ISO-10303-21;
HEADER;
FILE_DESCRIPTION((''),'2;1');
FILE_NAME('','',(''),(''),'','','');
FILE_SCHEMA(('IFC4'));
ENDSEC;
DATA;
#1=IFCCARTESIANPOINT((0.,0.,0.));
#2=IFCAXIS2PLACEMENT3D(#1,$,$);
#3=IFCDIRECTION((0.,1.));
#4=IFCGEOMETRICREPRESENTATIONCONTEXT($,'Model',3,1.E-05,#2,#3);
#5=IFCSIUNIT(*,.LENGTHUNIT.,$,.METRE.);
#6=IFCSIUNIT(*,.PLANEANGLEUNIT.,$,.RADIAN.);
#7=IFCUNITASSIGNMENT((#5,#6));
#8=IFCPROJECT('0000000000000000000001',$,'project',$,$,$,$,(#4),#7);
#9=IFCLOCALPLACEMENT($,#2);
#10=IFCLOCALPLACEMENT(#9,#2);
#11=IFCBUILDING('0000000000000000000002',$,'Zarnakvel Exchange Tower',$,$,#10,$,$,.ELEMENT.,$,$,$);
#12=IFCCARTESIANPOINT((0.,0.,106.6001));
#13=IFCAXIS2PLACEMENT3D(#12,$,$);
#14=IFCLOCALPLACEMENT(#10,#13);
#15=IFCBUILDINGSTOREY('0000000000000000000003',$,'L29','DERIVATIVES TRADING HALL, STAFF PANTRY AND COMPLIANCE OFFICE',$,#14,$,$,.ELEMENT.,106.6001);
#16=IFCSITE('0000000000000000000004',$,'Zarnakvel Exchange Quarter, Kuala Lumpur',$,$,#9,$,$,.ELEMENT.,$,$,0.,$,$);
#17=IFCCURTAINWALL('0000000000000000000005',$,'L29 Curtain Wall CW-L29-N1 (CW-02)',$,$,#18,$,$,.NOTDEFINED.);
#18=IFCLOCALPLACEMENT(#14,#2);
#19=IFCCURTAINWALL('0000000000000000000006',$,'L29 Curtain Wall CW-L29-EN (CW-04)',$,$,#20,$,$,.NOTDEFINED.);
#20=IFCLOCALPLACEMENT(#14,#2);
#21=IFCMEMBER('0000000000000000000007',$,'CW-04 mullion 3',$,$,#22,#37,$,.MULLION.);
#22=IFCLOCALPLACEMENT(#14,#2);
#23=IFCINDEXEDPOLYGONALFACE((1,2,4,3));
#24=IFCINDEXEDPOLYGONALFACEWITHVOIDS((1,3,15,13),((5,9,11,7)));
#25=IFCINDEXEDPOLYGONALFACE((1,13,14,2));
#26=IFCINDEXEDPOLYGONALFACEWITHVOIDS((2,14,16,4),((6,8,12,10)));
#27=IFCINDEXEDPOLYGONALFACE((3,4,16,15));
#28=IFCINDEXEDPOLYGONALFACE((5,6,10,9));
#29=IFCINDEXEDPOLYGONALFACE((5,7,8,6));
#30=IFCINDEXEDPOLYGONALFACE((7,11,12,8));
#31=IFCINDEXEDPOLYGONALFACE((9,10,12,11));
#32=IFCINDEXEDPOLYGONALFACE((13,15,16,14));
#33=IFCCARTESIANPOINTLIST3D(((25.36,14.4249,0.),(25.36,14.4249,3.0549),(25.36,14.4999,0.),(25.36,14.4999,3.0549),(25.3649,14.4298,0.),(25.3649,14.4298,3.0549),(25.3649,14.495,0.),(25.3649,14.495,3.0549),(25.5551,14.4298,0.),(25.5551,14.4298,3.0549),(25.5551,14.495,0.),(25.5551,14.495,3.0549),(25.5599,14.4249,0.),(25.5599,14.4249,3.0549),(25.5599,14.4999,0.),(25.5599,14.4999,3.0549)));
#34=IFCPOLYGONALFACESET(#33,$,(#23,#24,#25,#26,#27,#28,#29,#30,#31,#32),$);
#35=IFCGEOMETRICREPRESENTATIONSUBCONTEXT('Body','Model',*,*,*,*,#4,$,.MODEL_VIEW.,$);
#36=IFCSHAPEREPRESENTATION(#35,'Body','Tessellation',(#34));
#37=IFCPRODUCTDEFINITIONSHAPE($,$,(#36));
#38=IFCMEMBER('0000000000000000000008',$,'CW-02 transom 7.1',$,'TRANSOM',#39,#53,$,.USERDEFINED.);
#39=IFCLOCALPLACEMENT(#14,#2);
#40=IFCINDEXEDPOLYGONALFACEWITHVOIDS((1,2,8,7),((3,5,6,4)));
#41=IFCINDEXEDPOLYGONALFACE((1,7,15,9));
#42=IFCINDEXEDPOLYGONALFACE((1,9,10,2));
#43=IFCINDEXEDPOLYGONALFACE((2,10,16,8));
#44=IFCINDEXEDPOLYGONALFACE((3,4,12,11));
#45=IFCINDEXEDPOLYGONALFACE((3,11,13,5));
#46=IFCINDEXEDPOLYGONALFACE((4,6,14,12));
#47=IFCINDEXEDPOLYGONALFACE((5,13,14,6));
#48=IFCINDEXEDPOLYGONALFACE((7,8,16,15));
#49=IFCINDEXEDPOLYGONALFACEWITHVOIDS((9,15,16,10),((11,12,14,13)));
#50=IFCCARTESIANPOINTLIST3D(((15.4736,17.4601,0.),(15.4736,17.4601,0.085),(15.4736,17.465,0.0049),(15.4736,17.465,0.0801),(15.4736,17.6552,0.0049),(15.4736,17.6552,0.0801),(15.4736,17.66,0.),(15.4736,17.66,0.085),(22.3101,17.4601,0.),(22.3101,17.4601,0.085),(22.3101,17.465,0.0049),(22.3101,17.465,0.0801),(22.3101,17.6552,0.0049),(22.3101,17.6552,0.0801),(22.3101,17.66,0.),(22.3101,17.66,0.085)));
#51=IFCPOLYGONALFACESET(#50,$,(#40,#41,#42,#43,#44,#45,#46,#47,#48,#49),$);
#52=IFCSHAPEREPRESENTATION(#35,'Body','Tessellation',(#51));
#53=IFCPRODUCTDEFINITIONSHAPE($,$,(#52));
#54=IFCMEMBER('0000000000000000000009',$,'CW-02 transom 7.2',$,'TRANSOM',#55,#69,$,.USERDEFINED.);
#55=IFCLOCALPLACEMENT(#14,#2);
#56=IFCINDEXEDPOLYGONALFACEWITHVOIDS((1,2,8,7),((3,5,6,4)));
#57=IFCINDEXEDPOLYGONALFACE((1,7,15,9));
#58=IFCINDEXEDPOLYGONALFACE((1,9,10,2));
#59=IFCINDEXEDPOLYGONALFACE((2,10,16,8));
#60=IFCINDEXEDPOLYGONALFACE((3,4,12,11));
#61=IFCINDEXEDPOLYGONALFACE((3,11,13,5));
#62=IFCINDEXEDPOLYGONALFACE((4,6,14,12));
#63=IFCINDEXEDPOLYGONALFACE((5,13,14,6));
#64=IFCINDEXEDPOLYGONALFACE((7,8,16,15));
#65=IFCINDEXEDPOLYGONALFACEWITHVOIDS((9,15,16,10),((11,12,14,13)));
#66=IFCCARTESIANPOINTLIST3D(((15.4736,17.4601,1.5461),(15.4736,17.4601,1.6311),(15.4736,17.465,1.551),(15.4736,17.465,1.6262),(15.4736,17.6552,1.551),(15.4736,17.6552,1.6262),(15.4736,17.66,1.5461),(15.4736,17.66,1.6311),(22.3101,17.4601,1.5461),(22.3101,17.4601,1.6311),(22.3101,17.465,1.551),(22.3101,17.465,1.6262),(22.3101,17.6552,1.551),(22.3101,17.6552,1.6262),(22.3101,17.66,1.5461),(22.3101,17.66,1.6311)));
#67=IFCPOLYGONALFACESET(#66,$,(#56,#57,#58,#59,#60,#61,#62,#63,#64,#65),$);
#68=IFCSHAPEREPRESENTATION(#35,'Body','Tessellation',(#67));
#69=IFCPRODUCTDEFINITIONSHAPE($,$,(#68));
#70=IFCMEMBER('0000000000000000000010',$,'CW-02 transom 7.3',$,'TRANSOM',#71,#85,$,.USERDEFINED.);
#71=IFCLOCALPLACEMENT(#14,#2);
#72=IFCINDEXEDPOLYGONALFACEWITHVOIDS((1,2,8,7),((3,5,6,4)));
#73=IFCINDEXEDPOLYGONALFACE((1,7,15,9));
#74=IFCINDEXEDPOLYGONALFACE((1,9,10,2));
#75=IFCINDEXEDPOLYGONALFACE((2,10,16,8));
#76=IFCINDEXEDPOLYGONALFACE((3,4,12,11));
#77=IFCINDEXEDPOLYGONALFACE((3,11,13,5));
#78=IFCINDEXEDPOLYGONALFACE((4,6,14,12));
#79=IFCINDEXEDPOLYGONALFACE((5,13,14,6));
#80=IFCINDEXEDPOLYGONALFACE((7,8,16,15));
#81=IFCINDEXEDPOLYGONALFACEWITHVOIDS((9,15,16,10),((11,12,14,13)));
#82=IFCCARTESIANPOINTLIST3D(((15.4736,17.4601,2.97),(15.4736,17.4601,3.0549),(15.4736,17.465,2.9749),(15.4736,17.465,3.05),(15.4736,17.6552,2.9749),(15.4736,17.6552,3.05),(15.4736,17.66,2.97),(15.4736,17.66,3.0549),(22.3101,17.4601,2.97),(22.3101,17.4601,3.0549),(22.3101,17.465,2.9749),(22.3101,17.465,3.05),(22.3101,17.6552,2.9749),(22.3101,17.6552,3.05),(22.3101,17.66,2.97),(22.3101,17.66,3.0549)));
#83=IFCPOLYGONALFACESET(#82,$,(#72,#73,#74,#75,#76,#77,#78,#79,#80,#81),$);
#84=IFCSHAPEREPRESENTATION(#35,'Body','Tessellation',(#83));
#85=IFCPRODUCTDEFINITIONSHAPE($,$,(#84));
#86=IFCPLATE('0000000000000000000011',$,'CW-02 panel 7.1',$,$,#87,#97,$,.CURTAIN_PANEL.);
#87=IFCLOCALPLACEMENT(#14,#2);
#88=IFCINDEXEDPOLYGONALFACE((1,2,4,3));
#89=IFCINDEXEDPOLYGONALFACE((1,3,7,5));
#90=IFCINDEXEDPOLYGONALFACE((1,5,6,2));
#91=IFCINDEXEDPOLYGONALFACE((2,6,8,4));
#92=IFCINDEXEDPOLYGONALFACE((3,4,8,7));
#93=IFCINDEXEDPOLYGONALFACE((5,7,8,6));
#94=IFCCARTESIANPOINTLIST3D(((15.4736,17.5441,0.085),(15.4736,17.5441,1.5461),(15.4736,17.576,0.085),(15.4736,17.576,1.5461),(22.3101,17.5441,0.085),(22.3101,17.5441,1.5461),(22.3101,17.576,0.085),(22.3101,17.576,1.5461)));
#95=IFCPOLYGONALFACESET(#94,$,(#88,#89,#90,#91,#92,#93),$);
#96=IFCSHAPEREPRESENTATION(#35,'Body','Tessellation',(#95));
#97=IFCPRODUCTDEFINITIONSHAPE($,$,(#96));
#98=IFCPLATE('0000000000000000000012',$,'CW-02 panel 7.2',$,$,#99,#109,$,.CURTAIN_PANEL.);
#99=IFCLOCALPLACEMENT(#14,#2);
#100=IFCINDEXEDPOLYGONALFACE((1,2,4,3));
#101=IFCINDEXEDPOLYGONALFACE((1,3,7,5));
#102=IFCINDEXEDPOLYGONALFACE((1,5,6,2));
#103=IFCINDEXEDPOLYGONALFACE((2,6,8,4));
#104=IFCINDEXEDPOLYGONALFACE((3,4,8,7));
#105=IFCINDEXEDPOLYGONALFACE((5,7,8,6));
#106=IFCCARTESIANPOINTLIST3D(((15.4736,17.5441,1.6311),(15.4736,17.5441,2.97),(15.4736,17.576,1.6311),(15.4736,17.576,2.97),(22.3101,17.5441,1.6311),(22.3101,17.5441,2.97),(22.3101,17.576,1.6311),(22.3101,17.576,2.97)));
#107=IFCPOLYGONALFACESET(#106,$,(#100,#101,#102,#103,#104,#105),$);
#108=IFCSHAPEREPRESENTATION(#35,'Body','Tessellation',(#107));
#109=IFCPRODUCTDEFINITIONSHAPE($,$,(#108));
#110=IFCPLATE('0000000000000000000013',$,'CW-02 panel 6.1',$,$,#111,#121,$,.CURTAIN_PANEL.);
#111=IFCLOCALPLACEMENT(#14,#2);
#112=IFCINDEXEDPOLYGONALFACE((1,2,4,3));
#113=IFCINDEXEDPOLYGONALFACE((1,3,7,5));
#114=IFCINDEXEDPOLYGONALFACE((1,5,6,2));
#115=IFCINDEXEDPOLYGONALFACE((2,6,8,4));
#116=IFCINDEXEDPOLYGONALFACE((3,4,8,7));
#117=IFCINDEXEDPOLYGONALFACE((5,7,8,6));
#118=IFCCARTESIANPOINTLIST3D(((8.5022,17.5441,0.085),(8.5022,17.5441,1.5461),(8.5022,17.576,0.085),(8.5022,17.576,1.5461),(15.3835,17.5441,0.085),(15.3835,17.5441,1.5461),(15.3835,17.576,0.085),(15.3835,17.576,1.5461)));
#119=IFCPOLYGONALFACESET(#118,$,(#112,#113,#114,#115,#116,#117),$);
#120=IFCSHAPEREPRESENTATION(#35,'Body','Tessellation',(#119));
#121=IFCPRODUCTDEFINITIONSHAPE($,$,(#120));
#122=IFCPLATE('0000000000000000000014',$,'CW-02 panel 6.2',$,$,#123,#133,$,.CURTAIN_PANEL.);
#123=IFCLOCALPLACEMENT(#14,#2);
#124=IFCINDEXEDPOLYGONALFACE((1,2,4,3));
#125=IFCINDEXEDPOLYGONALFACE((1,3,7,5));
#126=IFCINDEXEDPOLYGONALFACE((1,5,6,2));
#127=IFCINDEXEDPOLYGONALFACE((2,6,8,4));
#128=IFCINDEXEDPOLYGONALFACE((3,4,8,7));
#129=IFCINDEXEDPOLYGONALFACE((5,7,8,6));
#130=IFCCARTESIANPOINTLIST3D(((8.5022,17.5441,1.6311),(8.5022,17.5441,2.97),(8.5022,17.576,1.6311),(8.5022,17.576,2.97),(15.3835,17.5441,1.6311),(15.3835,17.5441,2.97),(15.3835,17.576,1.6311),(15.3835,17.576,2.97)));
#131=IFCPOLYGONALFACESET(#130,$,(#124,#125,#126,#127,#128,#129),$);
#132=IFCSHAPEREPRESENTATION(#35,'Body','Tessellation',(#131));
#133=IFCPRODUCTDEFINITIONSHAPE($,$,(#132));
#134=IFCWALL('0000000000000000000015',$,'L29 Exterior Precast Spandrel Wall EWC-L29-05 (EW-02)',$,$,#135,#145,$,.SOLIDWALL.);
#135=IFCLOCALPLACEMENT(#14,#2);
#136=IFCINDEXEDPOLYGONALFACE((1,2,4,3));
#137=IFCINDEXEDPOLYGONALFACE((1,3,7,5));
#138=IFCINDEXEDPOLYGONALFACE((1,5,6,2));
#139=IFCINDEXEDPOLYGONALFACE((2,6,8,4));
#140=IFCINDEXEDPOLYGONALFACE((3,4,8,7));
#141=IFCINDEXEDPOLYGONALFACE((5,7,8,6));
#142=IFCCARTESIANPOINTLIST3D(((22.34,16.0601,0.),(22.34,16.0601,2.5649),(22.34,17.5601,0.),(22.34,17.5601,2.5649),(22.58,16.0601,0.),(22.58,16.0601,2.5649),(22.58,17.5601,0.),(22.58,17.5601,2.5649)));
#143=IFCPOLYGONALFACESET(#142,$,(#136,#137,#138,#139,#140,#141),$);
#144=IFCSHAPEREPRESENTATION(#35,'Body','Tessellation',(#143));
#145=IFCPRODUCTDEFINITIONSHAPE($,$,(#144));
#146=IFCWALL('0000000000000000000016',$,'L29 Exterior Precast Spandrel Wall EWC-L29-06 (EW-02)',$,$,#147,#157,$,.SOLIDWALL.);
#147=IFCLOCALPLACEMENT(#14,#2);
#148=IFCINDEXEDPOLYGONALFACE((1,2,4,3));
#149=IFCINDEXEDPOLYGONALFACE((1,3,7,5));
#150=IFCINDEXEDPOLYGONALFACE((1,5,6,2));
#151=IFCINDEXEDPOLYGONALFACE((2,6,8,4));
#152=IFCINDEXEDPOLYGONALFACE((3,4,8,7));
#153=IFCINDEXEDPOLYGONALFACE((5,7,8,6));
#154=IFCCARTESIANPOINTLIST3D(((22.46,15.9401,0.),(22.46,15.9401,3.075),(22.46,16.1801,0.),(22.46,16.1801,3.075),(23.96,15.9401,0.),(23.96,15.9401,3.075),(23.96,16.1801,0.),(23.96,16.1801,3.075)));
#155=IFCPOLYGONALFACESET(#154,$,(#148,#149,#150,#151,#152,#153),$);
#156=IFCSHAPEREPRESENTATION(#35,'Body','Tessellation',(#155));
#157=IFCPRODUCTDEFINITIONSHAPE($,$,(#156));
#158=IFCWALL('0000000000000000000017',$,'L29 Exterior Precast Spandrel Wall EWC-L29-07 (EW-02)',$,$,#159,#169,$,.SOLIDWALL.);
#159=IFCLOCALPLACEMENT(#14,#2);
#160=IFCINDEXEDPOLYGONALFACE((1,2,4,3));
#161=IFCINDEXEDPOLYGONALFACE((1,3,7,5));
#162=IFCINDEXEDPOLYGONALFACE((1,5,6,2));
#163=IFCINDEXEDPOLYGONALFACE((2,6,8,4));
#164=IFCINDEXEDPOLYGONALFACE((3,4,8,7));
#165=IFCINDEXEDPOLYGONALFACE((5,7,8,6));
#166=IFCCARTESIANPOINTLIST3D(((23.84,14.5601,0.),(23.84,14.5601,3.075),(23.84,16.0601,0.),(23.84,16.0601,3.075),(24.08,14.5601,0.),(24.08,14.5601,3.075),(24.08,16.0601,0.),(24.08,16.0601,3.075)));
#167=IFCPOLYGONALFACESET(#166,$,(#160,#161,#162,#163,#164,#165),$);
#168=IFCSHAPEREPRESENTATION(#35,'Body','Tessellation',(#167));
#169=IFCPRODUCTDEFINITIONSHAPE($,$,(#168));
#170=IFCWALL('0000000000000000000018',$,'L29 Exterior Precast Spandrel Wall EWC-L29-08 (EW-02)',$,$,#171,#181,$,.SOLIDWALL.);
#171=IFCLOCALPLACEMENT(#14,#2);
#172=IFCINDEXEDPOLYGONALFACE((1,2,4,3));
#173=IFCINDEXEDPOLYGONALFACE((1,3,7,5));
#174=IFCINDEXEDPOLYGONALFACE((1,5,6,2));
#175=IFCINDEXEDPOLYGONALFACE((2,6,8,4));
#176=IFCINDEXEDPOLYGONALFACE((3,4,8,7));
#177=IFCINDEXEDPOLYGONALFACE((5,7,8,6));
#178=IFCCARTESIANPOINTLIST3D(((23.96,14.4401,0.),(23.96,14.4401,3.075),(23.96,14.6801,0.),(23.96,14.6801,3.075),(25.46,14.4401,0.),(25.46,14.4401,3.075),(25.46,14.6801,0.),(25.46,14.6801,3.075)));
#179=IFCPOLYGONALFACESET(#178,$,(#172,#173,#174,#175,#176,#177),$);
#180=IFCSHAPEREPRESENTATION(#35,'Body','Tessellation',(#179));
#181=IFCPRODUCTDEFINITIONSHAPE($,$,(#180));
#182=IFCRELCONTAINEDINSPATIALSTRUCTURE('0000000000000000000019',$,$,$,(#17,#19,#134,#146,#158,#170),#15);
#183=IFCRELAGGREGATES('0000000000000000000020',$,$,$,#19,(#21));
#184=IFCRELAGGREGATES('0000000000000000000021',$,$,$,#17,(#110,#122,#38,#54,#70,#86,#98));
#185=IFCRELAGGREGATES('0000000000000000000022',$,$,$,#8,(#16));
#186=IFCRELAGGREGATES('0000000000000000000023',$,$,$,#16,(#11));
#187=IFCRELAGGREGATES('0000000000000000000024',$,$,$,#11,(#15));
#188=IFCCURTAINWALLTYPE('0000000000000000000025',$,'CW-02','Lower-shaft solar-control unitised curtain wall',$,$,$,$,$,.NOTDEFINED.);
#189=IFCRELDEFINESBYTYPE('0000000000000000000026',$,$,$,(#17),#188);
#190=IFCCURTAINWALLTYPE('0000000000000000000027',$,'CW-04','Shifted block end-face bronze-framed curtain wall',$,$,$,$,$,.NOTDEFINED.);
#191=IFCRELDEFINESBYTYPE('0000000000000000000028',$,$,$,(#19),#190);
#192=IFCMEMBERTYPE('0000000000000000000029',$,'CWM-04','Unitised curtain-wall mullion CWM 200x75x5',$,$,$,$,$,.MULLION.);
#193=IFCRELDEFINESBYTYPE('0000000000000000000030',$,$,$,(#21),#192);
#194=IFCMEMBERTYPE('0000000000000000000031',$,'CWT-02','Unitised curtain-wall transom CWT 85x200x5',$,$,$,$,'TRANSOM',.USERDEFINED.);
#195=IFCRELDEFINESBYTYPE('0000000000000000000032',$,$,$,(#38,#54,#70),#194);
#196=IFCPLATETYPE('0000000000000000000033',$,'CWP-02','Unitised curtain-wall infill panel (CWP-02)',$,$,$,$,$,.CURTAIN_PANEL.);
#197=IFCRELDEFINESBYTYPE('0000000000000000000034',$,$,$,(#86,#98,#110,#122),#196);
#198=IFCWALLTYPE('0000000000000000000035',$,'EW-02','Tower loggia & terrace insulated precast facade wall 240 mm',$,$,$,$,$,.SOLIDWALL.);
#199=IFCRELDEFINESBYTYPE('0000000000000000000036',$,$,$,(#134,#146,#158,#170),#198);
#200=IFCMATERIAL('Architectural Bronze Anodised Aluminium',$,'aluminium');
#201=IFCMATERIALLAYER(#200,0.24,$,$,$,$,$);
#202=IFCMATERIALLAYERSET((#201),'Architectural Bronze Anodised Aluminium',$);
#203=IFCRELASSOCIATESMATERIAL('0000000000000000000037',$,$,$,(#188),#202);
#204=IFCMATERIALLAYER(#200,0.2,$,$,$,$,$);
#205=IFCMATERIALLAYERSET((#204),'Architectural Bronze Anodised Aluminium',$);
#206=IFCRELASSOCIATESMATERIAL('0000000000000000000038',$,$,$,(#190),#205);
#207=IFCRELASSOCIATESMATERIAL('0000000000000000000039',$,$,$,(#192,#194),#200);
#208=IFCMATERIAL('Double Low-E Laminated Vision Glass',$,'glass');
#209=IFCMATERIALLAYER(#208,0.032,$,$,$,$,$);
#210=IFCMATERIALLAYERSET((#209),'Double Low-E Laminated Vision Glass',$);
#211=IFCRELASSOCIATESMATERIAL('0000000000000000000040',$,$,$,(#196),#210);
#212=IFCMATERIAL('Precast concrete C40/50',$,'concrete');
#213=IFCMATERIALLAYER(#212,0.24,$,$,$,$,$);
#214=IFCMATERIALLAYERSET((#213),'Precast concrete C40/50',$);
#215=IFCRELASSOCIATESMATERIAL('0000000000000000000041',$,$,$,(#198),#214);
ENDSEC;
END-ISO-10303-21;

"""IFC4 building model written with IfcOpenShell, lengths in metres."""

from ifc_helpers import new_model, si_unit, direction, frame, frame_2d, origin, origin_2d, place, context, subcontext, project, spatial, rectangle, hollow_rectangle, extrude, source, transform, mapped, material, layer, layer_set, material_profile, profile_set, type_object, element, aggregate, save


model = new_model("IFC4")

# Units and contexts
model_context = context("Model", 3, precision=1e-05, world=origin(), true_north=direction((0.0, 1.0)))
body_context = subcontext(model_context, "Body", "Model", "MODEL_VIEW")
ifc_project = project(units=[si_unit("LENGTHUNIT", "METRE"), si_unit("PLANEANGLEUNIT", "RADIAN")], contexts=[model_context])

# Site, building, storey
site_placement = place(None, origin())
site = spatial("IfcSite", under=ifc_project, at=site_placement, Name="Zarnakvel Exchange Quarter, Kuala Lumpur", CompositionType="ELEMENT", RefElevation=0.0)
building_placement = place(site_placement, origin())
building = spatial("IfcBuilding", under=site, at=building_placement, Name="Zarnakvel Exchange Tower", CompositionType="ELEMENT")
storey_placement = place(building_placement, frame((0.0, 0.0, 106.6001)))
storey = spatial("IfcBuildingStorey", under=building, at=storey_placement, Name="L29", Description="DERIVATIVES TRADING HALL, STAFF PANTRY AND COMPLIANCE OFFICE", CompositionType="ELEMENT", Elevation=106.6001)

# Curtain wall
ifc_material_1 = material(Name="Architectural Bronze Anodised Aluminium", Category="aluminium")
ifc_layer_1 = layer(ifc_material_1, 0.24)
ifc_layer_set_1 = layer_set([ifc_layer_1], Name="Architectural Bronze Anodised Aluminium")
curtain_wall_type_1 = type_object("IfcCurtainWallType", Name="CW-02", Description="Lower-shaft solar-control unitised curtain wall", PredefinedType="NOTDEFINED", material=ifc_layer_set_1)
curtain_wall_1_placement = place(storey_placement, origin())
curtain_wall_1 = element("IfcCurtainWall", 1, at=curtain_wall_1_placement, inside=storey, type_object=curtain_wall_type_1, Name="L29 Curtain Wall CW-L29-N1 (CW-02)", PredefinedType="NOTDEFINED")

# Curtain wall, member
ifc_layer_2 = layer(ifc_material_1, 0.2)
ifc_layer_set_2 = layer_set([ifc_layer_2], Name="Architectural Bronze Anodised Aluminium")
curtain_wall_type_2 = type_object("IfcCurtainWallType", Name="CW-04", Description="Shifted block end-face bronze-framed curtain wall", PredefinedType="NOTDEFINED", material=ifc_layer_set_2)
curtain_wall_2_placement = place(storey_placement, origin())
curtain_wall_2 = element("IfcCurtainWall", 2, at=curtain_wall_2_placement, inside=storey, type_object=curtain_wall_type_2, Name="L29 Curtain Wall CW-L29-EN (CW-04)", PredefinedType="NOTDEFINED")
ifc_material_profile_1 = material_profile(ifc_material_1, hollow_rectangle(XDim=0.2, YDim=0.075, WallThickness=0.0049, at=origin_2d()))
ifc_profile_set_1 = profile_set([ifc_material_profile_1], Name="Architectural Bronze Anodised Aluminium")
member_type_1 = type_object("IfcMemberType", Name="CWM-04", Description="Unitised curtain-wall mullion CWM 200x75x5", PredefinedType="MULLION", material=ifc_profile_set_1)
shared_shape_1 = source(origin(), body_context, "Body", "SweptSolid", [
    extrude(hollow_rectangle(XDim=0.2, YDim=0.075, WallThickness=0.0049, at=origin_2d()), origin(), (0.0, 0.0, 1.0), 3.0549),
])
member_1_placement = place(storey_placement, frame((25.46, 14.4624, 0.0), z_axis=(0.0, 0.0, 1.0), x_axis=(-1.0, 0.0, 0.0)))
member_1 = element("IfcMember", 3, at=member_1_placement, type_object=member_type_1, Name="CW-04 mullion 3", PredefinedType="MULLION", context=body_context, shape_type="MappedRepresentation", body=[
    mapped(shared_shape_1, transform((0.0, 0.0, 0.0), x_axis=(1.0, 0.0, 0.0), y_axis=(0.0, 1.0, 0.0), z_axis=(0.0, 0.0, 1.0), scale=1.0)),
])
aggregate(curtain_wall_2, [member_1])

# Members
ifc_material_profile_2 = material_profile(ifc_material_1, hollow_rectangle(XDim=0.2, YDim=0.085, WallThickness=0.0049, at=origin_2d()))
ifc_profile_set_2 = profile_set([ifc_material_profile_2], Name="Architectural Bronze Anodised Aluminium")
member_type_2 = type_object("IfcMemberType", Name="CWT-02", Description="Unitised curtain-wall transom CWT 85x200x5", ElementType="TRANSOM", PredefinedType="USERDEFINED", material=ifc_profile_set_2)
shared_shape_2 = source(origin(), body_context, "Body", "SweptSolid", [
    extrude(hollow_rectangle(XDim=0.2, YDim=0.085, WallThickness=0.0049, at=origin_2d()), origin(), (0.0, 0.0, 1.0), 6.8364),
])
member_2_placement = place(storey_placement, frame((15.4736, 17.5601, 0.0425), z_axis=(1.0, 0.0, 0.0), x_axis=(0.0, 1.0, 0.0)))
member_2 = element("IfcMember", 4, at=member_2_placement, type_object=member_type_2, Name="CW-02 transom 7.1", ObjectType="TRANSOM", PredefinedType="USERDEFINED", context=body_context, shape_type="MappedRepresentation", body=[
    mapped(shared_shape_2, transform((0.0, 0.0, 0.0), x_axis=(1.0, 0.0, 0.0), y_axis=(0.0, 1.0, 0.0), z_axis=(0.0, 0.0, 1.0), scale=1.0)),
])
member_3_placement = place(storey_placement, frame((15.4736, 17.5601, 1.5886), z_axis=(1.0, 0.0, 0.0), x_axis=(0.0, 1.0, 0.0)))
member_3 = element("IfcMember", 5, at=member_3_placement, type_object=member_type_2, Name="CW-02 transom 7.2", ObjectType="TRANSOM", PredefinedType="USERDEFINED", context=body_context, shape_type="MappedRepresentation", body=[
    mapped(shared_shape_2, transform((0.0, 0.0, 0.0), x_axis=(1.0, 0.0, 0.0), y_axis=(0.0, 1.0, 0.0), z_axis=(0.0, 0.0, 1.0), scale=1.0)),
])
member_4_placement = place(storey_placement, frame((15.4736, 17.5601, 3.0125), z_axis=(1.0, 0.0, 0.0), x_axis=(0.0, 1.0, 0.0)))
member_4 = element("IfcMember", 6, at=member_4_placement, type_object=member_type_2, Name="CW-02 transom 7.3", ObjectType="TRANSOM", PredefinedType="USERDEFINED", context=body_context, shape_type="MappedRepresentation", body=[
    mapped(shared_shape_2, transform((0.0, 0.0, 0.0), x_axis=(1.0, 0.0, 0.0), y_axis=(0.0, 1.0, 0.0), z_axis=(0.0, 0.0, 1.0), scale=1.0)),
])

# Plates
ifc_material_2 = material(Name="Double Low-E Laminated Vision Glass", Category="glass")
ifc_layer_3 = layer(ifc_material_2, 0.032)
ifc_layer_set_3 = layer_set([ifc_layer_3], Name="Double Low-E Laminated Vision Glass")
plate_type = type_object("IfcPlateType", Name="CWP-02", Description="Unitised curtain-wall infill panel (CWP-02)", PredefinedType="CURTAIN_PANEL", material=ifc_layer_set_3)
shared_shape_3 = source(origin(), body_context, "Body", "SweptSolid", [
    extrude(rectangle(XDim=6.8364, YDim=0.032, at=origin_2d()), origin(), (0.0, 0.0, 1.0), 1.4612),
])
plate_1_placement = place(storey_placement, frame((18.8918, 17.5601, 0.085), z_axis=(0.0, 0.0, 1.0), x_axis=(1.0, 0.0, 0.0)))
plate_1 = element("IfcPlate", 7, at=plate_1_placement, type_object=plate_type, Name="CW-02 panel 7.1", PredefinedType="CURTAIN_PANEL", context=body_context, shape_type="MappedRepresentation", body=[
    mapped(shared_shape_3, transform((0.0, 0.0, 0.0), x_axis=(1.0, 0.0, 0.0), y_axis=(0.0, 1.0, 0.0), z_axis=(0.0, 0.0, 1.0), scale=1.0)),
])
shared_shape_4 = source(origin(), body_context, "Body", "SweptSolid", [
    extrude(rectangle(XDim=6.8364, YDim=0.032, at=origin_2d()), origin(), (0.0, 0.0, 1.0), 1.3389),
])
plate_2_placement = place(storey_placement, frame((18.8918, 17.5601, 1.6311), z_axis=(0.0, 0.0, 1.0), x_axis=(1.0, 0.0, 0.0)))
plate_2 = element("IfcPlate", 8, at=plate_2_placement, type_object=plate_type, Name="CW-02 panel 7.2", PredefinedType="CURTAIN_PANEL", context=body_context, shape_type="MappedRepresentation", body=[
    mapped(shared_shape_4, transform((0.0, 0.0, 0.0), x_axis=(1.0, 0.0, 0.0), y_axis=(0.0, 1.0, 0.0), z_axis=(0.0, 0.0, 1.0), scale=1.0)),
])
shared_shape_5 = source(origin(), body_context, "Body", "SweptSolid", [
    extrude(rectangle(XDim=6.8813, YDim=0.032, at=origin_2d()), origin(), (0.0, 0.0, 1.0), 1.4612),
])
plate_3_placement = place(storey_placement, frame((11.9429, 17.5601, 0.085), z_axis=(0.0, 0.0, 1.0), x_axis=(1.0, 0.0, 0.0)))
plate_3 = element("IfcPlate", 9, at=plate_3_placement, type_object=plate_type, Name="CW-02 panel 6.1", PredefinedType="CURTAIN_PANEL", context=body_context, shape_type="MappedRepresentation", body=[
    mapped(shared_shape_5, transform((0.0, 0.0, 0.0), x_axis=(1.0, 0.0, 0.0), y_axis=(0.0, 1.0, 0.0), z_axis=(0.0, 0.0, 1.0), scale=1.0)),
])
shared_shape_6 = source(origin(), body_context, "Body", "SweptSolid", [
    extrude(rectangle(XDim=6.8813, YDim=0.032, at=origin_2d()), origin(), (0.0, 0.0, 1.0), 1.3389),
])
plate_4_placement = place(storey_placement, frame((11.9429, 17.5601, 1.6311), z_axis=(0.0, 0.0, 1.0), x_axis=(1.0, 0.0, 0.0)))
plate_4 = element("IfcPlate", 10, at=plate_4_placement, type_object=plate_type, Name="CW-02 panel 6.2", PredefinedType="CURTAIN_PANEL", context=body_context, shape_type="MappedRepresentation", body=[
    mapped(shared_shape_6, transform((0.0, 0.0, 0.0), x_axis=(1.0, 0.0, 0.0), y_axis=(0.0, 1.0, 0.0), z_axis=(0.0, 0.0, 1.0), scale=1.0)),
])
aggregate(curtain_wall_1, [plate_3, plate_4, member_2, member_3, member_4, plate_1, plate_2])

# Walls
ifc_material_3 = material(Name="Precast concrete C40/50", Category="concrete")
ifc_layer_4 = layer(ifc_material_3, 0.24)
ifc_layer_set_4 = layer_set([ifc_layer_4], Name="Precast concrete C40/50")
wall_type_1 = type_object("IfcWallType", Name="EW-02", Description="Tower loggia & terrace insulated precast facade wall 240 mm", PredefinedType="SOLIDWALL", material=ifc_layer_set_4)
wall_1_placement = place(storey_placement, frame((22.46, 16.0601, 0.0), z_axis=(0.0, 0.0, 1.0), x_axis=(0.0, 1.0, 0.0)))
element("IfcWall", 11, at=wall_1_placement, inside=storey, type_object=wall_type_1, Name="L29 Exterior Precast Spandrel Wall EWC-L29-05 (EW-02)", PredefinedType="SOLIDWALL", context=body_context, shape_type="SweptSolid", body=[
    extrude(rectangle(XDim=1.5, YDim=0.24, at=frame_2d((0.75, 0.0))), origin(), (0.0, 0.0, 1.0), 2.5649),
])
for number, where, z_axis, x_axis, name in (
    (12, (23.96, 16.0601, 0.0), (0.0, 0.0, 1.0), (-1.0, 0.0, 0.0), "L29 Exterior Precast Spandrel Wall EWC-L29-06 (EW-02)"),
    (13, (23.96, 14.5601, 0.0), (0.0, 0.0, 1.0), (0.0, 1.0, 0.0), "L29 Exterior Precast Spandrel Wall EWC-L29-07 (EW-02)"),
    (14, (25.46, 14.5601, 0.0), (0.0, 0.0, 1.0), (-1.0, 0.0, 0.0), "L29 Exterior Precast Spandrel Wall EWC-L29-08 (EW-02)"),
):
    element("IfcWall", number, at=place(storey_placement, frame(where, z_axis=z_axis, x_axis=x_axis)), inside=storey, type_object=wall_type_1, Name=name, PredefinedType="SOLIDWALL", context=body_context, shape_type="SweptSolid", body=[
        extrude(rectangle(XDim=1.5, YDim=0.24, at=frame_2d((0.75, 0.0))), origin(), (0.0, 0.0, 1.0), 3.075),
    ])

save(model, "model.ifc")
